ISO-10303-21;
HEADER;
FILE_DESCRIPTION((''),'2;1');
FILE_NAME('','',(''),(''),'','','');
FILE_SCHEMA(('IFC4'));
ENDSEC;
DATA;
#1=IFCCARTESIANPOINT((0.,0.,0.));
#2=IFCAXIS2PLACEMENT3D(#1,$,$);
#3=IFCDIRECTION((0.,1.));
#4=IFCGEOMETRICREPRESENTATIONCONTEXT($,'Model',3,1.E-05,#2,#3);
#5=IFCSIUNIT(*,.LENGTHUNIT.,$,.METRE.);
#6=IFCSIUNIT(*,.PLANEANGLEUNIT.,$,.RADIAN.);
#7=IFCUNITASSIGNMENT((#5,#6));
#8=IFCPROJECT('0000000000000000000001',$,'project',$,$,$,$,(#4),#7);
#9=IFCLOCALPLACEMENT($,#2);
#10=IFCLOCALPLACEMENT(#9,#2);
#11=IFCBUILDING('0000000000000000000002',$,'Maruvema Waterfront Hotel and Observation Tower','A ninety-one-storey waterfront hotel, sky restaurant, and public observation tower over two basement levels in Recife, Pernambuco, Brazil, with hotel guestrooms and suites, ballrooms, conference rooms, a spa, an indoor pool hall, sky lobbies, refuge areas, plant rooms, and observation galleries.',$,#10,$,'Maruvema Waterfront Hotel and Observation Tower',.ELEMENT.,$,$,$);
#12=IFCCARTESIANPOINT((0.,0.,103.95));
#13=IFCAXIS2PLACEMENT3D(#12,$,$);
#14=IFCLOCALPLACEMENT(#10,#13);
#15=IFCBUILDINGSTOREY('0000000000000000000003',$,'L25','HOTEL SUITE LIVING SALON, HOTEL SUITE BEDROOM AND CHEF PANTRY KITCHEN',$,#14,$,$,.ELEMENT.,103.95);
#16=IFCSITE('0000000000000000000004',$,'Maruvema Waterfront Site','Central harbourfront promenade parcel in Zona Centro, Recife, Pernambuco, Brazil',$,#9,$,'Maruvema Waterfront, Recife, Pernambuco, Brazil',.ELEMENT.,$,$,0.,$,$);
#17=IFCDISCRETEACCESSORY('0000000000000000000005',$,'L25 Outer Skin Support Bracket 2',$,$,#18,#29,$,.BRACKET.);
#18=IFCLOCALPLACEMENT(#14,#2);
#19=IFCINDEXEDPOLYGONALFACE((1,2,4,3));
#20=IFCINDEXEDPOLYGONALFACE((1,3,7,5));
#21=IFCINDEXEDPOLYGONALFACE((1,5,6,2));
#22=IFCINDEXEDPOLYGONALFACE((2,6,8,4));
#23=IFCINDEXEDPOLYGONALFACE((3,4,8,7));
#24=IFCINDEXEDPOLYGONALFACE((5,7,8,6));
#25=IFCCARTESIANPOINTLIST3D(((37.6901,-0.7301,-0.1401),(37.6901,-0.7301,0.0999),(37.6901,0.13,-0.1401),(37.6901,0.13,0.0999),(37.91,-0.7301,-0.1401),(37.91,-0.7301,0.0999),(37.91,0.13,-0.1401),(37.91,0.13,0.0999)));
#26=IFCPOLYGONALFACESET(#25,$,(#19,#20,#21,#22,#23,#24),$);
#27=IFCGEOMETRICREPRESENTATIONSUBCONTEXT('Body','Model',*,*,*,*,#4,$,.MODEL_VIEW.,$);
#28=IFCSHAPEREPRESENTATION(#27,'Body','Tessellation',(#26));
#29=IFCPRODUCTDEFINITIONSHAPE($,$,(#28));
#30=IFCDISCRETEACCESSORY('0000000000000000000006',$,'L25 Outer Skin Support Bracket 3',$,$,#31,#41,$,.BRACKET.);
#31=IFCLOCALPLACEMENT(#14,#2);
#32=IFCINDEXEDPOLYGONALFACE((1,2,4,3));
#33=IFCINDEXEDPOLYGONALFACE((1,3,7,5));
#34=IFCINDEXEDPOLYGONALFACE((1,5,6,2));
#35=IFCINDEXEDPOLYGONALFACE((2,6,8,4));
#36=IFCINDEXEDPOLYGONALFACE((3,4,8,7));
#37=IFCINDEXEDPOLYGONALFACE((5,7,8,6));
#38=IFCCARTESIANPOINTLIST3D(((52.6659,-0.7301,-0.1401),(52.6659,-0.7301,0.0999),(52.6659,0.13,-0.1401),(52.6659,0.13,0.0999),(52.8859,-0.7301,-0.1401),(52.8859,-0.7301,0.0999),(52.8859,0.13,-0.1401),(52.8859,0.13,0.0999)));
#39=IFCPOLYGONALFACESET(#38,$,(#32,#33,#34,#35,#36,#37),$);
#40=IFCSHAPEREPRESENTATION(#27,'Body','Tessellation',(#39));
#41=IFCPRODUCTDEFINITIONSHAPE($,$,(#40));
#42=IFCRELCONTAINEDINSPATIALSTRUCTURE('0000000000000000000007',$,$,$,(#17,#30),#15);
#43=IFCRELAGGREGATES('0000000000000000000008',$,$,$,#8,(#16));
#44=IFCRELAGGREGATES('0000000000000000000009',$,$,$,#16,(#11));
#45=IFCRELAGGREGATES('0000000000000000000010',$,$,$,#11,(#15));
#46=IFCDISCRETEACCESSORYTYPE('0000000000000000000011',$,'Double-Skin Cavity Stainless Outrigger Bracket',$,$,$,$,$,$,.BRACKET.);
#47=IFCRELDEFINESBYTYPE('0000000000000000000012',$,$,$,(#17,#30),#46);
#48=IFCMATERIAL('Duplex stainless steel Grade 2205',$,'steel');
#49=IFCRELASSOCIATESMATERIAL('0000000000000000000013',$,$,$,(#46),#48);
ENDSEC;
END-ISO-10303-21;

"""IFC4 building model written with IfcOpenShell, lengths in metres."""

from ifc_helpers import new_model, si_unit, direction, frame, origin, origin_2d, place, context, subcontext, project, spatial, rectangle, extrude, material, type_object, element, save


model = new_model("IFC4")

# Units and contexts
model_context = context("Model", 3, precision=1e-05, world=origin(), true_north=direction((0.0, 1.0)))
body_context = subcontext(model_context, "Body", "Model", "MODEL_VIEW")
ifc_project = project(units=[si_unit("LENGTHUNIT", "METRE"), si_unit("PLANEANGLEUNIT", "RADIAN")], contexts=[model_context])

# Site, building, storey
site_placement = place(None, origin())
site = spatial("IfcSite", under=ifc_project, at=site_placement, Name="Maruvema Waterfront Site", Description="Central harbourfront promenade parcel in Zona Centro, Recife, Pernambuco, Brazil", LongName="Maruvema Waterfront, Recife, Pernambuco, Brazil", CompositionType="ELEMENT", RefElevation=0.0)
building_placement = place(site_placement, origin())
building = spatial("IfcBuilding", under=site, at=building_placement, Name="Maruvema Waterfront Hotel and Observation Tower", Description="A ninety-one-storey waterfront hotel, sky restaurant, and public observation tower over two basement levels in Recife, Pernambuco, Brazil, with hotel guestrooms and suites, ballrooms, conference rooms, a spa, an indoor pool hall, sky lobbies, refuge areas, plant rooms, and observation galleries.", LongName="Maruvema Waterfront Hotel and Observation Tower", CompositionType="ELEMENT")
storey_placement = place(building_placement, frame((0.0, 0.0, 103.95)))
storey = spatial("IfcBuildingStorey", under=building, at=storey_placement, Name="L25", Description="HOTEL SUITE LIVING SALON, HOTEL SUITE BEDROOM AND CHEF PANTRY KITCHEN", CompositionType="ELEMENT", Elevation=103.95)

# Discrete accessories
ifc_material_1 = material(Name="Duplex stainless steel Grade 2205", Category="steel")
discrete_accessory_type = type_object("IfcDiscreteAccessoryType", Name="Double-Skin Cavity Stainless Outrigger Bracket", PredefinedType="BRACKET", material=ifc_material_1)
for number, where, z_axis, x_axis, name in (
    (1, (37.8, -0.3, -0.1401), (0.0, 0.0, 1.0), (1.0, 0.0, 0.0), "L25 Outer Skin Support Bracket 2"),
    (2, (52.7759, -0.3, -0.1401), (0.0, 0.0, 1.0), (1.0, 0.0, 0.0), "L25 Outer Skin Support Bracket 3"),
):
    element("IfcDiscreteAccessory", number, at=place(storey_placement, frame(where, z_axis=z_axis, x_axis=x_axis)), inside=storey, type_object=discrete_accessory_type, Name=name, PredefinedType="BRACKET", context=body_context, shape_type="SweptSolid", body=[
        extrude(rectangle(XDim=0.22, YDim=0.8601, at=origin_2d()), origin(), (0.0, 0.0, 1.0), 0.24),
    ])

save(model, "model.ifc")
